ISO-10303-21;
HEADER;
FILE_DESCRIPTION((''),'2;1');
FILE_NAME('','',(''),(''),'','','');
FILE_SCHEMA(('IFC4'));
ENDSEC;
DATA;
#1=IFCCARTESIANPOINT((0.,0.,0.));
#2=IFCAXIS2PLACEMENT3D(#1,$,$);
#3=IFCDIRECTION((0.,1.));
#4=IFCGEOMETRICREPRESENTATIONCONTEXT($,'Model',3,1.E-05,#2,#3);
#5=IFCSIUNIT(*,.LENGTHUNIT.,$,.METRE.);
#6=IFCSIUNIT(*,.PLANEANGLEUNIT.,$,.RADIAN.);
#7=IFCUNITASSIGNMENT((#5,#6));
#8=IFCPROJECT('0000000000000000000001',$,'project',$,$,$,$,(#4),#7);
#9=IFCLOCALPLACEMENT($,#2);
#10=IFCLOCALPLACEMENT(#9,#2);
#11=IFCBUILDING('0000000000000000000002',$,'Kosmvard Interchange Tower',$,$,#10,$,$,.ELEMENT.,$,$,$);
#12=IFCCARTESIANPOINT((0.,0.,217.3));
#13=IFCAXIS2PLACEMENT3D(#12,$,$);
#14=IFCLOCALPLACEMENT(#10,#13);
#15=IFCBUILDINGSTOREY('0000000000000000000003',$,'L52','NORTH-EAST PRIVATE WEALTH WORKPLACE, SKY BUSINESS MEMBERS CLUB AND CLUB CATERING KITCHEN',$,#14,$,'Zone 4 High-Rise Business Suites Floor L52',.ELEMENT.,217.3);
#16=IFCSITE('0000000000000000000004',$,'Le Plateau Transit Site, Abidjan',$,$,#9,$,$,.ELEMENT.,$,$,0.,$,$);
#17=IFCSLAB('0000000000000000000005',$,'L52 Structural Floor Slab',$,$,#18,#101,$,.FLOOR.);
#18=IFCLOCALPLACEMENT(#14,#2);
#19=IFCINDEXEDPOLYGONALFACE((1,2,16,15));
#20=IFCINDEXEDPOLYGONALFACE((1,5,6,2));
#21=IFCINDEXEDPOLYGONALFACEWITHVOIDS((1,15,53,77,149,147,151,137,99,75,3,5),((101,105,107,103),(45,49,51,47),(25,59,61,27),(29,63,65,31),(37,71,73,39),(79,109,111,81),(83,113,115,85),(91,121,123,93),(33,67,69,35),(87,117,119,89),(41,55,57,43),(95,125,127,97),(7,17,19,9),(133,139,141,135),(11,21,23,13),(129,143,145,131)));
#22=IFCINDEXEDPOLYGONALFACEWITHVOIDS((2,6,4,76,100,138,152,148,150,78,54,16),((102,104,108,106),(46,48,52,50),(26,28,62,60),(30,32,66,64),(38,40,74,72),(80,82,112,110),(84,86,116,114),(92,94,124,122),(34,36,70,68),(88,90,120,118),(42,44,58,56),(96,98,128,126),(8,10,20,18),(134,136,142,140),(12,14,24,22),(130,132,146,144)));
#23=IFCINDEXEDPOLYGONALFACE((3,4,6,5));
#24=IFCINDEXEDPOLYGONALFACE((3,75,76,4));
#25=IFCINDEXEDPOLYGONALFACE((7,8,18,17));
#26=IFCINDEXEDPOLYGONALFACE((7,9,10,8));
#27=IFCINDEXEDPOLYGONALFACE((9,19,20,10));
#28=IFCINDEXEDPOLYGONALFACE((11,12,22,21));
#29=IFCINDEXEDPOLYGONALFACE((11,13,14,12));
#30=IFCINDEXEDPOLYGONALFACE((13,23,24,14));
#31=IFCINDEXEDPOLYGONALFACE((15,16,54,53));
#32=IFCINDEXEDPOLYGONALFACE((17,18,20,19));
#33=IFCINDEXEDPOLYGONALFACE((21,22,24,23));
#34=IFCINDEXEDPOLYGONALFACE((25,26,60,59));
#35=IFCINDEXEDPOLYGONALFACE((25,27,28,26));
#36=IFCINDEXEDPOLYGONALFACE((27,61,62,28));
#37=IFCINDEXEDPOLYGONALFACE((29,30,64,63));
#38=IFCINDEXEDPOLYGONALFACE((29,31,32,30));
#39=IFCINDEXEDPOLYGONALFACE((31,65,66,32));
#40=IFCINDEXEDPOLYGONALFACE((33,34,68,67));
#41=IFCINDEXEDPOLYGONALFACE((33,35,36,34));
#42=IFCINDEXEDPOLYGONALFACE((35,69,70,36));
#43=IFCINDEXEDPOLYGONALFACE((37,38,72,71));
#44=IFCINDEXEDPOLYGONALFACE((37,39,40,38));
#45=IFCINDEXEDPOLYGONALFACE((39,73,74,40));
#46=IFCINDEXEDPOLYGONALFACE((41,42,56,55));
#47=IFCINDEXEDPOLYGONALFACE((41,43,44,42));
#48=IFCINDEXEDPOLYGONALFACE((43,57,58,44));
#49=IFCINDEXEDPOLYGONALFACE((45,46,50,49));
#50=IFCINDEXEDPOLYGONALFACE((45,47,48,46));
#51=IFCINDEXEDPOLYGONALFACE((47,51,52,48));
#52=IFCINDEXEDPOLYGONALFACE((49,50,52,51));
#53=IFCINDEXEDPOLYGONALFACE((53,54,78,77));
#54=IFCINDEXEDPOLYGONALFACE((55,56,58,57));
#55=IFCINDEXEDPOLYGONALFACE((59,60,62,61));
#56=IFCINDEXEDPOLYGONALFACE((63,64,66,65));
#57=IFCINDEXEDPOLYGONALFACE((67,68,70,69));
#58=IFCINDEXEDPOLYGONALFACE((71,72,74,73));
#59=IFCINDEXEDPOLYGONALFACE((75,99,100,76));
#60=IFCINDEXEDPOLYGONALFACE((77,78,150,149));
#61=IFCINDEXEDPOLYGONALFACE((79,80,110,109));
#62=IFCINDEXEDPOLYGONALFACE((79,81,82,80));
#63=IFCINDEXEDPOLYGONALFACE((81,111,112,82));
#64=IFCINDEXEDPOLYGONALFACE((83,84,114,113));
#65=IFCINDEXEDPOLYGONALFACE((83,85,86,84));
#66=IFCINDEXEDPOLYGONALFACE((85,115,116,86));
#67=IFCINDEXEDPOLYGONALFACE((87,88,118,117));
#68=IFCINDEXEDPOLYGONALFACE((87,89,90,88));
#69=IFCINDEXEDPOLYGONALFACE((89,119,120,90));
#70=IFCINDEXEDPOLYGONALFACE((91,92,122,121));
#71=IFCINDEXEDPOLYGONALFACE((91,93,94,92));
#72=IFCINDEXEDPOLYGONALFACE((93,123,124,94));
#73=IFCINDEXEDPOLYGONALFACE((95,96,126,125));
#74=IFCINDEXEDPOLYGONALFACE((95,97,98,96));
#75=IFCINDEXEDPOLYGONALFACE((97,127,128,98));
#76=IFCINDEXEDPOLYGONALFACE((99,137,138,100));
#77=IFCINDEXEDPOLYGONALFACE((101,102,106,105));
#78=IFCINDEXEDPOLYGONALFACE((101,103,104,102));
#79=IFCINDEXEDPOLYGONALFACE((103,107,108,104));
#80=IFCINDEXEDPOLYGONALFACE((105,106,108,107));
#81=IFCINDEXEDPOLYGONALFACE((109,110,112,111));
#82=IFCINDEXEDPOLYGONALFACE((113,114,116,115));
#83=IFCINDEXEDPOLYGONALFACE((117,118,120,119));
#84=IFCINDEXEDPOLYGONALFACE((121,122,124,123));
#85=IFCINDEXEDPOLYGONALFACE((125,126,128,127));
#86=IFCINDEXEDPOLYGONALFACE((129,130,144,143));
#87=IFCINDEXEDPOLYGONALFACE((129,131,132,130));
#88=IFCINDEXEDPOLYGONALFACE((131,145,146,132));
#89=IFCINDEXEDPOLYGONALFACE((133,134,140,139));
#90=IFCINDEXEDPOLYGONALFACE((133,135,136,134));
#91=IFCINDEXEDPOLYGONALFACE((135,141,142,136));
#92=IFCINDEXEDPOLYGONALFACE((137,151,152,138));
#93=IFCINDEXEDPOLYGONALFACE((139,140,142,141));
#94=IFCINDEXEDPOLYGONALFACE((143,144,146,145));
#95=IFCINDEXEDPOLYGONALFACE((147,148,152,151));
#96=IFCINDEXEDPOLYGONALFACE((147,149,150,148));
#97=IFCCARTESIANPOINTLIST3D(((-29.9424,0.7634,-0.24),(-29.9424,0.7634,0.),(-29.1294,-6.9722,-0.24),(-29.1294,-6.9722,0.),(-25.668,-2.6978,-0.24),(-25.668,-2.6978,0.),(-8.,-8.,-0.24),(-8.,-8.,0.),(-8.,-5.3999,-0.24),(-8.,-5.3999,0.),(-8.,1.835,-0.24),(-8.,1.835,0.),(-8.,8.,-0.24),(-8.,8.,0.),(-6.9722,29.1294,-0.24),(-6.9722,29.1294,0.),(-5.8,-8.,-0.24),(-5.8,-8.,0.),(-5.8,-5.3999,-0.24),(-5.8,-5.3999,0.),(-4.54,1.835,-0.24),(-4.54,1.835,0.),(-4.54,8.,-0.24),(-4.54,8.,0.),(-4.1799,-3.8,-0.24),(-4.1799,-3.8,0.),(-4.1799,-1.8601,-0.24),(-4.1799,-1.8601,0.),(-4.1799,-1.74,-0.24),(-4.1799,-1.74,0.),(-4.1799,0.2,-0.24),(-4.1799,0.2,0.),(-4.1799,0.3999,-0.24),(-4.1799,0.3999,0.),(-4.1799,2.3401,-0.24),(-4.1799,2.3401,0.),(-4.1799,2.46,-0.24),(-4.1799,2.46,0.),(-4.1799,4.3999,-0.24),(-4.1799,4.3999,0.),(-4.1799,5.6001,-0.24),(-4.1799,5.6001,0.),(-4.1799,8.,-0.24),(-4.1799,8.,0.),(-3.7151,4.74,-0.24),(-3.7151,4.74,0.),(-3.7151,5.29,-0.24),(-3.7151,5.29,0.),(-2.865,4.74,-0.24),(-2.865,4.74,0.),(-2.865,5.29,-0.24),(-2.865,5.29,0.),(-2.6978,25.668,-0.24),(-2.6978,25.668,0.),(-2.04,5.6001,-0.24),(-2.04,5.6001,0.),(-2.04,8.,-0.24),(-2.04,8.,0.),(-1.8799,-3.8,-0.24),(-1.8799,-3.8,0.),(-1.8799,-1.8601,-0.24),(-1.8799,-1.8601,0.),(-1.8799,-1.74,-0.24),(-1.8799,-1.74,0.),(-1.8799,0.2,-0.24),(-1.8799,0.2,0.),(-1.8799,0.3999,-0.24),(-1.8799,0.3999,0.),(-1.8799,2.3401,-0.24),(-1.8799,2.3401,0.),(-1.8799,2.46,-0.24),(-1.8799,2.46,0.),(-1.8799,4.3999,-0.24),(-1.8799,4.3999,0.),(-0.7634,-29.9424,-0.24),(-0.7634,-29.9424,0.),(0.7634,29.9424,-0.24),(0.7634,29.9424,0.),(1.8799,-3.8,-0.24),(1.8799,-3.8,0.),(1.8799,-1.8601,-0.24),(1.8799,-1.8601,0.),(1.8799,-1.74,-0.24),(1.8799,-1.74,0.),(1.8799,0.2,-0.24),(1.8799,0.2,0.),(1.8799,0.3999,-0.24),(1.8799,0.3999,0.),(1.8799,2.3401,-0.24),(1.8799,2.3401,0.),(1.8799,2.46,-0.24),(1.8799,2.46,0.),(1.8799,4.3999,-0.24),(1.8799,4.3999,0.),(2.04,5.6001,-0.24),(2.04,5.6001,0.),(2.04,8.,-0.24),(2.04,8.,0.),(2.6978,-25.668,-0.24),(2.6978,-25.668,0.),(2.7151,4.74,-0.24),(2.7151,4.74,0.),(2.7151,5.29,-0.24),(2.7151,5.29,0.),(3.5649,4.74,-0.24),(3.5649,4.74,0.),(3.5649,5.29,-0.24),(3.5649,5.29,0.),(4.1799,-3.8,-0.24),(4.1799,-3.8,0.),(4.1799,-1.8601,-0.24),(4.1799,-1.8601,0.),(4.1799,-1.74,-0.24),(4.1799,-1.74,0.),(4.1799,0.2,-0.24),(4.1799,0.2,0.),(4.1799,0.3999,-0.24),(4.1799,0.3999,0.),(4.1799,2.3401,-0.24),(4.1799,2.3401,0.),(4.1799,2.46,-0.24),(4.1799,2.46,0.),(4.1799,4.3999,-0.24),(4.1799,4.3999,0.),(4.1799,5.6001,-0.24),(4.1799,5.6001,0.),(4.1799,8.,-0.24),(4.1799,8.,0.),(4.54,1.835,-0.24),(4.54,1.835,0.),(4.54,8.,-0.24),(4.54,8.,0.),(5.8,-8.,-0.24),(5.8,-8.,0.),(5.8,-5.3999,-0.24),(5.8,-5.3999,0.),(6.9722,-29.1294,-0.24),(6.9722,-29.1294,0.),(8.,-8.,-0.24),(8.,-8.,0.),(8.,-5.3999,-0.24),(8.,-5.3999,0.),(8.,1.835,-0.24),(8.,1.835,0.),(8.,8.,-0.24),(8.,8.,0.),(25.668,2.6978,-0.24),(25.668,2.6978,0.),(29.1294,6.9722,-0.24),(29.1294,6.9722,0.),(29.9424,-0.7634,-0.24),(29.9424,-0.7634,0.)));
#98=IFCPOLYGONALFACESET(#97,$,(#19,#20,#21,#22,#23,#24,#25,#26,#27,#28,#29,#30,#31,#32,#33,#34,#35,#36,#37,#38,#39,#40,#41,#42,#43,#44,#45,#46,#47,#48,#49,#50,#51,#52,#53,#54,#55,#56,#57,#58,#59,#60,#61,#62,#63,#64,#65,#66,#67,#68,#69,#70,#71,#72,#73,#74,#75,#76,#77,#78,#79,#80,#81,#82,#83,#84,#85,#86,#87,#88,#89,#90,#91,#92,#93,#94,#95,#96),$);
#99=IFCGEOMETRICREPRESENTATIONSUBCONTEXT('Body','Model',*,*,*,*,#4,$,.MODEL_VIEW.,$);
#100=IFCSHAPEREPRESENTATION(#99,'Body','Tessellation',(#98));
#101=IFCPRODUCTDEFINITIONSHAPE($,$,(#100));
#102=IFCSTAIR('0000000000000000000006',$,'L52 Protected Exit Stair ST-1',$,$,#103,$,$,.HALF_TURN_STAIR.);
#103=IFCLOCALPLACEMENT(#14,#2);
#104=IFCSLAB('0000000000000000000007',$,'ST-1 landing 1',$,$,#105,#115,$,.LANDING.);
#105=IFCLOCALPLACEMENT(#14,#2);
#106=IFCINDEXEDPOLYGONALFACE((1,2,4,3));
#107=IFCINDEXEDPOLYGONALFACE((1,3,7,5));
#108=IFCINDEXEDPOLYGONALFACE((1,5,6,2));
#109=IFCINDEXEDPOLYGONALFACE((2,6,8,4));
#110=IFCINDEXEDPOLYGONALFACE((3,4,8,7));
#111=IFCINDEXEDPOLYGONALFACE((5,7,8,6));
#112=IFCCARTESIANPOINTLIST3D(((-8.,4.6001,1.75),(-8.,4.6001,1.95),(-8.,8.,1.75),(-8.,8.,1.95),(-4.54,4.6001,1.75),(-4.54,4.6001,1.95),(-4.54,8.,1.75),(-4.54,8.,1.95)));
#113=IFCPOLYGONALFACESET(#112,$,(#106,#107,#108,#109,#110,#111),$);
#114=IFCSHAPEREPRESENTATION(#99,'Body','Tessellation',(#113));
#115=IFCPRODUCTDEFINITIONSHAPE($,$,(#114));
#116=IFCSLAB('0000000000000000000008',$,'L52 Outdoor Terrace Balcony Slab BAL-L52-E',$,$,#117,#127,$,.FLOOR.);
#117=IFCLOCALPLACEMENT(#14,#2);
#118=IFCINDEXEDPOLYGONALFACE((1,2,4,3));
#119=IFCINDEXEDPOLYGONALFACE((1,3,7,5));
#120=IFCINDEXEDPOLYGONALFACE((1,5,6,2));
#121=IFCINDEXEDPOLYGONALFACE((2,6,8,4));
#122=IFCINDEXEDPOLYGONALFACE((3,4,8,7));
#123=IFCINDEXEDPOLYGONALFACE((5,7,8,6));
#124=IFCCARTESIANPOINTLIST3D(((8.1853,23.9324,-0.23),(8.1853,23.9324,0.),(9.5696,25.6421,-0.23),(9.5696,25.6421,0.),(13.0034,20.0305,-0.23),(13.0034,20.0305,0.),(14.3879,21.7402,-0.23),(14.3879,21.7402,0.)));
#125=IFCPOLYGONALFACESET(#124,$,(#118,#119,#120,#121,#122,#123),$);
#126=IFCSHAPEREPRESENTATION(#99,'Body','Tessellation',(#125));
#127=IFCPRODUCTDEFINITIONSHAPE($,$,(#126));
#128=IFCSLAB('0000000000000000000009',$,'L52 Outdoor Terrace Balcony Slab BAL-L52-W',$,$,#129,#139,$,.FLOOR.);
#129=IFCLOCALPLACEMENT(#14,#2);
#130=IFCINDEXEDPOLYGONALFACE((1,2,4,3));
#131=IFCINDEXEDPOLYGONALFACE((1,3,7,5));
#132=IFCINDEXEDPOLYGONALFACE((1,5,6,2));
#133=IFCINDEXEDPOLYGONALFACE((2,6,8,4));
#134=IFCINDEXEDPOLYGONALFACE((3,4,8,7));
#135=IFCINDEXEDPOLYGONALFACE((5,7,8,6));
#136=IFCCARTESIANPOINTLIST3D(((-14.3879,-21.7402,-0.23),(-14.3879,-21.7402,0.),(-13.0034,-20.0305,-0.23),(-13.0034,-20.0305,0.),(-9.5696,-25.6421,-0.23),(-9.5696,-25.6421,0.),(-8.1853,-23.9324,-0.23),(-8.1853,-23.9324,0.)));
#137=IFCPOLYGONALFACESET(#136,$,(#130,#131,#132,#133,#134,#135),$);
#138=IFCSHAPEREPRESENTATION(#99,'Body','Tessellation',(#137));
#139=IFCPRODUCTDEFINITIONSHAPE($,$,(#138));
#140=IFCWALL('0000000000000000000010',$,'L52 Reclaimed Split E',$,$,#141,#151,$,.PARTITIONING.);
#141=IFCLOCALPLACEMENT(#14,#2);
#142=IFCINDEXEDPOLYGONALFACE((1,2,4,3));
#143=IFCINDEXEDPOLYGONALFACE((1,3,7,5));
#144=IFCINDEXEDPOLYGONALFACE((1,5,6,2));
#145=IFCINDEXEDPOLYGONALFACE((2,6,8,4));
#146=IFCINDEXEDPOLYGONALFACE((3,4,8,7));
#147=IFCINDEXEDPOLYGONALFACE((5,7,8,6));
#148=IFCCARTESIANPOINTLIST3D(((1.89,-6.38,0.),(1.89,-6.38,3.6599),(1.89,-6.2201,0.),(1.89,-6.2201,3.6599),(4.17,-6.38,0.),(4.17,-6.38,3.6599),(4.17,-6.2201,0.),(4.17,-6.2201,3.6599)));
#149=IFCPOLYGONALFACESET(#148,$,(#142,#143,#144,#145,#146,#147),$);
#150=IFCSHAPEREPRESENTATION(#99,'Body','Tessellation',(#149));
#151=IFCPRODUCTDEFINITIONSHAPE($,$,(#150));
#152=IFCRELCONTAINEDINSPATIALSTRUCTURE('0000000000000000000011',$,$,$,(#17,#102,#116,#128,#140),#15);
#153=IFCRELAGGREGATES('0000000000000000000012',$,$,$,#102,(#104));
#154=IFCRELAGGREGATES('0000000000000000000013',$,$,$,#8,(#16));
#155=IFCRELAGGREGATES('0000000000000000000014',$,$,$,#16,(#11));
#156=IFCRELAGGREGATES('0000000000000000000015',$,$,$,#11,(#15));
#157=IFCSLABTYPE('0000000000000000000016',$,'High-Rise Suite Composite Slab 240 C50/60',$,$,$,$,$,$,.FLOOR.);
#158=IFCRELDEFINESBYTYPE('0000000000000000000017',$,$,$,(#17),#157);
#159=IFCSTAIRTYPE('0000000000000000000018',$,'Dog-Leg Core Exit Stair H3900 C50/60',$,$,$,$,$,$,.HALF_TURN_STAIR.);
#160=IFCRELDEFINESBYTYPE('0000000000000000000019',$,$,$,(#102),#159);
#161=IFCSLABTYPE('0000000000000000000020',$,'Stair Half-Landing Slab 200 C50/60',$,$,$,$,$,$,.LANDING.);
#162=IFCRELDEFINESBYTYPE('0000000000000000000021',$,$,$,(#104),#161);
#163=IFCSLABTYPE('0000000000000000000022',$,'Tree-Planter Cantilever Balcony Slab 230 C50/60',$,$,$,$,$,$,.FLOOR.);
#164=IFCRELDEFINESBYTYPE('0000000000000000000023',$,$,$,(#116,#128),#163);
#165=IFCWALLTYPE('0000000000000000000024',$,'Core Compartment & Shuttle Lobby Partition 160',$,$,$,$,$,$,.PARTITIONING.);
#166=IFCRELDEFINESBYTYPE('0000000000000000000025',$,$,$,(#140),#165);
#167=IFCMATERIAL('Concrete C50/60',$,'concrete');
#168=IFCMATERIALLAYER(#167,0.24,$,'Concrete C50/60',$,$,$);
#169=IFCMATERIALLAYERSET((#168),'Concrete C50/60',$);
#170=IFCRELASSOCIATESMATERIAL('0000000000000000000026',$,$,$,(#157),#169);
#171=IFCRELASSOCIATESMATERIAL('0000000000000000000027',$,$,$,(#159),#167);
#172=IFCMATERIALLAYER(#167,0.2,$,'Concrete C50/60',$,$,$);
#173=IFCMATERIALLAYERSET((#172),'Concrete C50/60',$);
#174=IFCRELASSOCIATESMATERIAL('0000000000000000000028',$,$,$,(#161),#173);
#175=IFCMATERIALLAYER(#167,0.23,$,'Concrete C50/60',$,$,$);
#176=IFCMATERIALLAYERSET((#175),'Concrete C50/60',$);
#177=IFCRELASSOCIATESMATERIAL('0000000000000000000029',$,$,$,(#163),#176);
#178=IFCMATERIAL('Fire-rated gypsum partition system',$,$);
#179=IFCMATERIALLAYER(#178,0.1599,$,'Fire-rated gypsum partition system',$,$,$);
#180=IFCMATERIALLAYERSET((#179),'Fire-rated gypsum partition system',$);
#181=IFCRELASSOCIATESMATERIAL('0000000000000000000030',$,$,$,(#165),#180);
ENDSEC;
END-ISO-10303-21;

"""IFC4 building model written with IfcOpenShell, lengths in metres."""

from ifc_helpers import new_model, si_unit, direction, frame, frame_2d, origin, place, context, subcontext, project, spatial, polyline, rectangle, outline, extrude, material, layer, layer_set, type_object, element, aggregate, save


model = new_model("IFC4")

# Units and contexts
model_context = context("Model", 3, precision=1e-05, world=origin(), true_north=direction((0.0, 1.0)))
body_context = subcontext(model_context, "Body", "Model", "MODEL_VIEW")
ifc_project = project(units=[si_unit("LENGTHUNIT", "METRE"), si_unit("PLANEANGLEUNIT", "RADIAN")], contexts=[model_context])

# Site, building, storey
site_placement = place(None, origin())
site = spatial("IfcSite", under=ifc_project, at=site_placement, Name="Le Plateau Transit Site, Abidjan", CompositionType="ELEMENT", RefElevation=0.0)
building_placement = place(site_placement, origin())
building = spatial("IfcBuilding", under=site, at=building_placement, Name="Kosmvard Interchange Tower", CompositionType="ELEMENT")
storey_placement = place(building_placement, frame((0.0, 0.0, 217.3)))
storey = spatial("IfcBuildingStorey", under=building, at=storey_placement, Name="L52", Description="NORTH-EAST PRIVATE WEALTH WORKPLACE, SKY BUSINESS MEMBERS CLUB AND CLUB CATERING KITCHEN", LongName="Zone 4 High-Rise Business Suites Floor L52", CompositionType="ELEMENT", Elevation=217.3)

# Slab
ifc_material_1 = material(Name="Concrete C50/60", Category="concrete")
ifc_layer_1 = layer(ifc_material_1, 0.24, Name="Concrete C50/60")
ifc_layer_set_1 = layer_set([ifc_layer_1], Name="Concrete C50/60")
slab_type_1 = type_object("IfcSlabType", Name="High-Rise Suite Composite Slab 240 C50/60", PredefinedType="FLOOR", material=ifc_layer_set_1)
slab_1_placement = place(storey_placement, frame((0.0, 0.0, -0.24)))
element("IfcSlab", 1, at=slab_1_placement, inside=storey, type_object=slab_type_1, Name="L52 Structural Floor Slab", PredefinedType="FLOOR", context=body_context, shape_type="SweptSolid", body=[
    extrude(outline(polyline([(6.9722, -29.1294), (29.9424, -0.7634), (25.668, 2.6978), (29.1294, 6.9722), (0.7634, 29.9424), (-2.6978, 25.668), (-6.9722, 29.1294), (-29.9424, 0.7634), (-25.668, -2.6978), (-29.1294, -6.9722), (-0.7634, -29.9424), (2.6978, -25.668), (6.9722, -29.1294)]), holes=[polyline([(-8.0, 1.835), (-4.54, 1.835), (-4.54, 8.0), (-8.0, 8.0), (-8.0, 1.835)]), polyline([(4.54, 1.835), (8.0, 1.835), (8.0, 8.0), (4.54, 8.0), (4.54, 1.835)]), polyline([(-8.0, -8.0), (-5.8, -8.0), (-5.8, -5.3999), (-8.0, -5.3999), (-8.0, -8.0)]), polyline([(5.8, -8.0), (8.0, -8.0), (8.0, -5.3999), (5.8, -5.3999), (5.8, -8.0)]), polyline([(-4.1799, -3.8), (-1.8799, -3.8), (-1.8799, -1.8601), (-4.1799, -1.8601), (-4.1799, -3.8)]), polyline([(-4.1799, -1.74), (-1.8799, -1.74), (-1.8799, 0.2), (-4.1799, 0.2), (-4.1799, -1.74)]), polyline([(1.8799, -3.8), (4.1799, -3.8), (4.1799, -1.8601), (1.8799, -1.8601), (1.8799, -3.8)]), polyline([(1.8799, -1.74), (4.1799, -1.74), (4.1799, 0.2), (1.8799, 0.2), (1.8799, -1.74)]), polyline([(-4.1799, 0.3999), (-1.8799, 0.3999), (-1.8799, 2.3401), (-4.1799, 2.3401), (-4.1799, 0.3999)]), polyline([(-4.1799, 2.46), (-1.8799, 2.46), (-1.8799, 4.3999), (-4.1799, 4.3999), (-4.1799, 2.46)]), polyline([(1.8799, 0.3999), (4.1799, 0.3999), (4.1799, 2.3401), (1.8799, 2.3401), (1.8799, 0.3999)]), polyline([(1.8799, 2.46), (4.1799, 2.46), (4.1799, 4.3999), (1.8799, 4.3999), (1.8799, 2.46)]), polyline([(-4.1799, 5.6001), (-2.04, 5.6001), (-2.04, 8.0), (-4.1799, 8.0), (-4.1799, 5.6001)]), polyline([(2.04, 5.6001), (4.1799, 5.6001), (4.1799, 8.0), (2.04, 8.0), (2.04, 5.6001)]), polyline([(-3.7151, 4.74), (-2.865, 4.74), (-2.865, 5.29), (-3.7151, 5.29), (-3.7151, 4.74)]), polyline([(2.7151, 4.74), (3.5649, 4.74), (3.5649, 5.29), (2.7151, 5.29), (2.7151, 4.74)])]), origin(), (0.0, 0.0, 1.0), 0.24),
])

# Stair, slab
stair_type = type_object("IfcStairType", Name="Dog-Leg Core Exit Stair H3900 C50/60", PredefinedType="HALF_TURN_STAIR", material=ifc_material_1)
stair_placement = place(storey_placement, origin())
stair = element("IfcStair", 2, at=stair_placement, inside=storey, type_object=stair_type, Name="L52 Protected Exit Stair ST-1", PredefinedType="HALF_TURN_STAIR")
ifc_layer_2 = layer(ifc_material_1, 0.2, Name="Concrete C50/60")
ifc_layer_set_2 = layer_set([ifc_layer_2], Name="Concrete C50/60")
slab_type_2 = type_object("IfcSlabType", Name="Stair Half-Landing Slab 200 C50/60", PredefinedType="LANDING", material=ifc_layer_set_2)
slab_2_placement = place(storey_placement, frame((0.0, 0.0, 1.75)))
slab_2 = element("IfcSlab", 3, at=slab_2_placement, type_object=slab_type_2, Name="ST-1 landing 1", PredefinedType="LANDING", context=body_context, shape_type="SweptSolid", body=[
    extrude(outline(polyline([(-4.54, 4.6001), (-4.54, 8.0), (-8.0, 8.0), (-8.0, 4.6001), (-4.54, 4.6001)])), origin(), (0.0, 0.0, 1.0), 0.2),
])
aggregate(stair, [slab_2])

# Slabs
ifc_layer_3 = layer(ifc_material_1, 0.23, Name="Concrete C50/60")
ifc_layer_set_3 = layer_set([ifc_layer_3], Name="Concrete C50/60")
slab_type_3 = type_object("IfcSlabType", Name="Tree-Planter Cantilever Balcony Slab 230 C50/60", PredefinedType="FLOOR", material=ifc_layer_set_3)
slab_3_placement = place(storey_placement, frame((0.0, 0.0, -0.23)))
element("IfcSlab", 4, at=slab_3_placement, inside=storey, type_object=slab_type_3, Name="L52 Outdoor Terrace Balcony Slab BAL-L52-E", PredefinedType="FLOOR", context=body_context, shape_type="SweptSolid", body=[
    extrude(outline(polyline([(13.0034, 20.0305), (14.3879, 21.7402), (9.5696, 25.6421), (8.1853, 23.9324), (13.0034, 20.0305)])), origin(), (0.0, 0.0, 1.0), 0.23),
])
slab_4_placement = place(storey_placement, frame((0.0, 0.0, -0.23)))
element("IfcSlab", 5, at=slab_4_placement, inside=storey, type_object=slab_type_3, Name="L52 Outdoor Terrace Balcony Slab BAL-L52-W", PredefinedType="FLOOR", context=body_context, shape_type="SweptSolid", body=[
    extrude(outline(polyline([(-9.5696, -25.6421), (-8.1853, -23.9324), (-13.0034, -20.0305), (-14.3879, -21.7402), (-9.5696, -25.6421)])), origin(), (0.0, 0.0, 1.0), 0.23),
])

# Wall
ifc_material_2 = material(Name="Fire-rated gypsum partition system")
ifc_layer_4 = layer(ifc_material_2, 0.1599, Name="Fire-rated gypsum partition system")
ifc_layer_set_4 = layer_set([ifc_layer_4], Name="Fire-rated gypsum partition system")
wall_type_1 = type_object("IfcWallType", Name="Core Compartment & Shuttle Lobby Partition 160", PredefinedType="PARTITIONING", material=ifc_layer_set_4)
wall_1_placement = place(storey_placement, frame((1.8899, -6.3, 0.0), z_axis=(0.0, 0.0, 1.0), x_axis=(1.0, 0.0, 0.0)))
element("IfcWall", 6, at=wall_1_placement, inside=storey, type_object=wall_type_1, Name="L52 Reclaimed Split E", PredefinedType="PARTITIONING", context=body_context, shape_type="SweptSolid", body=[
    extrude(rectangle(XDim=2.28, YDim=0.1599, at=frame_2d((1.1401, 0.0))), origin(), (0.0, 0.0, 1.0), 3.6599),
])

save(model, "model.ifc")
